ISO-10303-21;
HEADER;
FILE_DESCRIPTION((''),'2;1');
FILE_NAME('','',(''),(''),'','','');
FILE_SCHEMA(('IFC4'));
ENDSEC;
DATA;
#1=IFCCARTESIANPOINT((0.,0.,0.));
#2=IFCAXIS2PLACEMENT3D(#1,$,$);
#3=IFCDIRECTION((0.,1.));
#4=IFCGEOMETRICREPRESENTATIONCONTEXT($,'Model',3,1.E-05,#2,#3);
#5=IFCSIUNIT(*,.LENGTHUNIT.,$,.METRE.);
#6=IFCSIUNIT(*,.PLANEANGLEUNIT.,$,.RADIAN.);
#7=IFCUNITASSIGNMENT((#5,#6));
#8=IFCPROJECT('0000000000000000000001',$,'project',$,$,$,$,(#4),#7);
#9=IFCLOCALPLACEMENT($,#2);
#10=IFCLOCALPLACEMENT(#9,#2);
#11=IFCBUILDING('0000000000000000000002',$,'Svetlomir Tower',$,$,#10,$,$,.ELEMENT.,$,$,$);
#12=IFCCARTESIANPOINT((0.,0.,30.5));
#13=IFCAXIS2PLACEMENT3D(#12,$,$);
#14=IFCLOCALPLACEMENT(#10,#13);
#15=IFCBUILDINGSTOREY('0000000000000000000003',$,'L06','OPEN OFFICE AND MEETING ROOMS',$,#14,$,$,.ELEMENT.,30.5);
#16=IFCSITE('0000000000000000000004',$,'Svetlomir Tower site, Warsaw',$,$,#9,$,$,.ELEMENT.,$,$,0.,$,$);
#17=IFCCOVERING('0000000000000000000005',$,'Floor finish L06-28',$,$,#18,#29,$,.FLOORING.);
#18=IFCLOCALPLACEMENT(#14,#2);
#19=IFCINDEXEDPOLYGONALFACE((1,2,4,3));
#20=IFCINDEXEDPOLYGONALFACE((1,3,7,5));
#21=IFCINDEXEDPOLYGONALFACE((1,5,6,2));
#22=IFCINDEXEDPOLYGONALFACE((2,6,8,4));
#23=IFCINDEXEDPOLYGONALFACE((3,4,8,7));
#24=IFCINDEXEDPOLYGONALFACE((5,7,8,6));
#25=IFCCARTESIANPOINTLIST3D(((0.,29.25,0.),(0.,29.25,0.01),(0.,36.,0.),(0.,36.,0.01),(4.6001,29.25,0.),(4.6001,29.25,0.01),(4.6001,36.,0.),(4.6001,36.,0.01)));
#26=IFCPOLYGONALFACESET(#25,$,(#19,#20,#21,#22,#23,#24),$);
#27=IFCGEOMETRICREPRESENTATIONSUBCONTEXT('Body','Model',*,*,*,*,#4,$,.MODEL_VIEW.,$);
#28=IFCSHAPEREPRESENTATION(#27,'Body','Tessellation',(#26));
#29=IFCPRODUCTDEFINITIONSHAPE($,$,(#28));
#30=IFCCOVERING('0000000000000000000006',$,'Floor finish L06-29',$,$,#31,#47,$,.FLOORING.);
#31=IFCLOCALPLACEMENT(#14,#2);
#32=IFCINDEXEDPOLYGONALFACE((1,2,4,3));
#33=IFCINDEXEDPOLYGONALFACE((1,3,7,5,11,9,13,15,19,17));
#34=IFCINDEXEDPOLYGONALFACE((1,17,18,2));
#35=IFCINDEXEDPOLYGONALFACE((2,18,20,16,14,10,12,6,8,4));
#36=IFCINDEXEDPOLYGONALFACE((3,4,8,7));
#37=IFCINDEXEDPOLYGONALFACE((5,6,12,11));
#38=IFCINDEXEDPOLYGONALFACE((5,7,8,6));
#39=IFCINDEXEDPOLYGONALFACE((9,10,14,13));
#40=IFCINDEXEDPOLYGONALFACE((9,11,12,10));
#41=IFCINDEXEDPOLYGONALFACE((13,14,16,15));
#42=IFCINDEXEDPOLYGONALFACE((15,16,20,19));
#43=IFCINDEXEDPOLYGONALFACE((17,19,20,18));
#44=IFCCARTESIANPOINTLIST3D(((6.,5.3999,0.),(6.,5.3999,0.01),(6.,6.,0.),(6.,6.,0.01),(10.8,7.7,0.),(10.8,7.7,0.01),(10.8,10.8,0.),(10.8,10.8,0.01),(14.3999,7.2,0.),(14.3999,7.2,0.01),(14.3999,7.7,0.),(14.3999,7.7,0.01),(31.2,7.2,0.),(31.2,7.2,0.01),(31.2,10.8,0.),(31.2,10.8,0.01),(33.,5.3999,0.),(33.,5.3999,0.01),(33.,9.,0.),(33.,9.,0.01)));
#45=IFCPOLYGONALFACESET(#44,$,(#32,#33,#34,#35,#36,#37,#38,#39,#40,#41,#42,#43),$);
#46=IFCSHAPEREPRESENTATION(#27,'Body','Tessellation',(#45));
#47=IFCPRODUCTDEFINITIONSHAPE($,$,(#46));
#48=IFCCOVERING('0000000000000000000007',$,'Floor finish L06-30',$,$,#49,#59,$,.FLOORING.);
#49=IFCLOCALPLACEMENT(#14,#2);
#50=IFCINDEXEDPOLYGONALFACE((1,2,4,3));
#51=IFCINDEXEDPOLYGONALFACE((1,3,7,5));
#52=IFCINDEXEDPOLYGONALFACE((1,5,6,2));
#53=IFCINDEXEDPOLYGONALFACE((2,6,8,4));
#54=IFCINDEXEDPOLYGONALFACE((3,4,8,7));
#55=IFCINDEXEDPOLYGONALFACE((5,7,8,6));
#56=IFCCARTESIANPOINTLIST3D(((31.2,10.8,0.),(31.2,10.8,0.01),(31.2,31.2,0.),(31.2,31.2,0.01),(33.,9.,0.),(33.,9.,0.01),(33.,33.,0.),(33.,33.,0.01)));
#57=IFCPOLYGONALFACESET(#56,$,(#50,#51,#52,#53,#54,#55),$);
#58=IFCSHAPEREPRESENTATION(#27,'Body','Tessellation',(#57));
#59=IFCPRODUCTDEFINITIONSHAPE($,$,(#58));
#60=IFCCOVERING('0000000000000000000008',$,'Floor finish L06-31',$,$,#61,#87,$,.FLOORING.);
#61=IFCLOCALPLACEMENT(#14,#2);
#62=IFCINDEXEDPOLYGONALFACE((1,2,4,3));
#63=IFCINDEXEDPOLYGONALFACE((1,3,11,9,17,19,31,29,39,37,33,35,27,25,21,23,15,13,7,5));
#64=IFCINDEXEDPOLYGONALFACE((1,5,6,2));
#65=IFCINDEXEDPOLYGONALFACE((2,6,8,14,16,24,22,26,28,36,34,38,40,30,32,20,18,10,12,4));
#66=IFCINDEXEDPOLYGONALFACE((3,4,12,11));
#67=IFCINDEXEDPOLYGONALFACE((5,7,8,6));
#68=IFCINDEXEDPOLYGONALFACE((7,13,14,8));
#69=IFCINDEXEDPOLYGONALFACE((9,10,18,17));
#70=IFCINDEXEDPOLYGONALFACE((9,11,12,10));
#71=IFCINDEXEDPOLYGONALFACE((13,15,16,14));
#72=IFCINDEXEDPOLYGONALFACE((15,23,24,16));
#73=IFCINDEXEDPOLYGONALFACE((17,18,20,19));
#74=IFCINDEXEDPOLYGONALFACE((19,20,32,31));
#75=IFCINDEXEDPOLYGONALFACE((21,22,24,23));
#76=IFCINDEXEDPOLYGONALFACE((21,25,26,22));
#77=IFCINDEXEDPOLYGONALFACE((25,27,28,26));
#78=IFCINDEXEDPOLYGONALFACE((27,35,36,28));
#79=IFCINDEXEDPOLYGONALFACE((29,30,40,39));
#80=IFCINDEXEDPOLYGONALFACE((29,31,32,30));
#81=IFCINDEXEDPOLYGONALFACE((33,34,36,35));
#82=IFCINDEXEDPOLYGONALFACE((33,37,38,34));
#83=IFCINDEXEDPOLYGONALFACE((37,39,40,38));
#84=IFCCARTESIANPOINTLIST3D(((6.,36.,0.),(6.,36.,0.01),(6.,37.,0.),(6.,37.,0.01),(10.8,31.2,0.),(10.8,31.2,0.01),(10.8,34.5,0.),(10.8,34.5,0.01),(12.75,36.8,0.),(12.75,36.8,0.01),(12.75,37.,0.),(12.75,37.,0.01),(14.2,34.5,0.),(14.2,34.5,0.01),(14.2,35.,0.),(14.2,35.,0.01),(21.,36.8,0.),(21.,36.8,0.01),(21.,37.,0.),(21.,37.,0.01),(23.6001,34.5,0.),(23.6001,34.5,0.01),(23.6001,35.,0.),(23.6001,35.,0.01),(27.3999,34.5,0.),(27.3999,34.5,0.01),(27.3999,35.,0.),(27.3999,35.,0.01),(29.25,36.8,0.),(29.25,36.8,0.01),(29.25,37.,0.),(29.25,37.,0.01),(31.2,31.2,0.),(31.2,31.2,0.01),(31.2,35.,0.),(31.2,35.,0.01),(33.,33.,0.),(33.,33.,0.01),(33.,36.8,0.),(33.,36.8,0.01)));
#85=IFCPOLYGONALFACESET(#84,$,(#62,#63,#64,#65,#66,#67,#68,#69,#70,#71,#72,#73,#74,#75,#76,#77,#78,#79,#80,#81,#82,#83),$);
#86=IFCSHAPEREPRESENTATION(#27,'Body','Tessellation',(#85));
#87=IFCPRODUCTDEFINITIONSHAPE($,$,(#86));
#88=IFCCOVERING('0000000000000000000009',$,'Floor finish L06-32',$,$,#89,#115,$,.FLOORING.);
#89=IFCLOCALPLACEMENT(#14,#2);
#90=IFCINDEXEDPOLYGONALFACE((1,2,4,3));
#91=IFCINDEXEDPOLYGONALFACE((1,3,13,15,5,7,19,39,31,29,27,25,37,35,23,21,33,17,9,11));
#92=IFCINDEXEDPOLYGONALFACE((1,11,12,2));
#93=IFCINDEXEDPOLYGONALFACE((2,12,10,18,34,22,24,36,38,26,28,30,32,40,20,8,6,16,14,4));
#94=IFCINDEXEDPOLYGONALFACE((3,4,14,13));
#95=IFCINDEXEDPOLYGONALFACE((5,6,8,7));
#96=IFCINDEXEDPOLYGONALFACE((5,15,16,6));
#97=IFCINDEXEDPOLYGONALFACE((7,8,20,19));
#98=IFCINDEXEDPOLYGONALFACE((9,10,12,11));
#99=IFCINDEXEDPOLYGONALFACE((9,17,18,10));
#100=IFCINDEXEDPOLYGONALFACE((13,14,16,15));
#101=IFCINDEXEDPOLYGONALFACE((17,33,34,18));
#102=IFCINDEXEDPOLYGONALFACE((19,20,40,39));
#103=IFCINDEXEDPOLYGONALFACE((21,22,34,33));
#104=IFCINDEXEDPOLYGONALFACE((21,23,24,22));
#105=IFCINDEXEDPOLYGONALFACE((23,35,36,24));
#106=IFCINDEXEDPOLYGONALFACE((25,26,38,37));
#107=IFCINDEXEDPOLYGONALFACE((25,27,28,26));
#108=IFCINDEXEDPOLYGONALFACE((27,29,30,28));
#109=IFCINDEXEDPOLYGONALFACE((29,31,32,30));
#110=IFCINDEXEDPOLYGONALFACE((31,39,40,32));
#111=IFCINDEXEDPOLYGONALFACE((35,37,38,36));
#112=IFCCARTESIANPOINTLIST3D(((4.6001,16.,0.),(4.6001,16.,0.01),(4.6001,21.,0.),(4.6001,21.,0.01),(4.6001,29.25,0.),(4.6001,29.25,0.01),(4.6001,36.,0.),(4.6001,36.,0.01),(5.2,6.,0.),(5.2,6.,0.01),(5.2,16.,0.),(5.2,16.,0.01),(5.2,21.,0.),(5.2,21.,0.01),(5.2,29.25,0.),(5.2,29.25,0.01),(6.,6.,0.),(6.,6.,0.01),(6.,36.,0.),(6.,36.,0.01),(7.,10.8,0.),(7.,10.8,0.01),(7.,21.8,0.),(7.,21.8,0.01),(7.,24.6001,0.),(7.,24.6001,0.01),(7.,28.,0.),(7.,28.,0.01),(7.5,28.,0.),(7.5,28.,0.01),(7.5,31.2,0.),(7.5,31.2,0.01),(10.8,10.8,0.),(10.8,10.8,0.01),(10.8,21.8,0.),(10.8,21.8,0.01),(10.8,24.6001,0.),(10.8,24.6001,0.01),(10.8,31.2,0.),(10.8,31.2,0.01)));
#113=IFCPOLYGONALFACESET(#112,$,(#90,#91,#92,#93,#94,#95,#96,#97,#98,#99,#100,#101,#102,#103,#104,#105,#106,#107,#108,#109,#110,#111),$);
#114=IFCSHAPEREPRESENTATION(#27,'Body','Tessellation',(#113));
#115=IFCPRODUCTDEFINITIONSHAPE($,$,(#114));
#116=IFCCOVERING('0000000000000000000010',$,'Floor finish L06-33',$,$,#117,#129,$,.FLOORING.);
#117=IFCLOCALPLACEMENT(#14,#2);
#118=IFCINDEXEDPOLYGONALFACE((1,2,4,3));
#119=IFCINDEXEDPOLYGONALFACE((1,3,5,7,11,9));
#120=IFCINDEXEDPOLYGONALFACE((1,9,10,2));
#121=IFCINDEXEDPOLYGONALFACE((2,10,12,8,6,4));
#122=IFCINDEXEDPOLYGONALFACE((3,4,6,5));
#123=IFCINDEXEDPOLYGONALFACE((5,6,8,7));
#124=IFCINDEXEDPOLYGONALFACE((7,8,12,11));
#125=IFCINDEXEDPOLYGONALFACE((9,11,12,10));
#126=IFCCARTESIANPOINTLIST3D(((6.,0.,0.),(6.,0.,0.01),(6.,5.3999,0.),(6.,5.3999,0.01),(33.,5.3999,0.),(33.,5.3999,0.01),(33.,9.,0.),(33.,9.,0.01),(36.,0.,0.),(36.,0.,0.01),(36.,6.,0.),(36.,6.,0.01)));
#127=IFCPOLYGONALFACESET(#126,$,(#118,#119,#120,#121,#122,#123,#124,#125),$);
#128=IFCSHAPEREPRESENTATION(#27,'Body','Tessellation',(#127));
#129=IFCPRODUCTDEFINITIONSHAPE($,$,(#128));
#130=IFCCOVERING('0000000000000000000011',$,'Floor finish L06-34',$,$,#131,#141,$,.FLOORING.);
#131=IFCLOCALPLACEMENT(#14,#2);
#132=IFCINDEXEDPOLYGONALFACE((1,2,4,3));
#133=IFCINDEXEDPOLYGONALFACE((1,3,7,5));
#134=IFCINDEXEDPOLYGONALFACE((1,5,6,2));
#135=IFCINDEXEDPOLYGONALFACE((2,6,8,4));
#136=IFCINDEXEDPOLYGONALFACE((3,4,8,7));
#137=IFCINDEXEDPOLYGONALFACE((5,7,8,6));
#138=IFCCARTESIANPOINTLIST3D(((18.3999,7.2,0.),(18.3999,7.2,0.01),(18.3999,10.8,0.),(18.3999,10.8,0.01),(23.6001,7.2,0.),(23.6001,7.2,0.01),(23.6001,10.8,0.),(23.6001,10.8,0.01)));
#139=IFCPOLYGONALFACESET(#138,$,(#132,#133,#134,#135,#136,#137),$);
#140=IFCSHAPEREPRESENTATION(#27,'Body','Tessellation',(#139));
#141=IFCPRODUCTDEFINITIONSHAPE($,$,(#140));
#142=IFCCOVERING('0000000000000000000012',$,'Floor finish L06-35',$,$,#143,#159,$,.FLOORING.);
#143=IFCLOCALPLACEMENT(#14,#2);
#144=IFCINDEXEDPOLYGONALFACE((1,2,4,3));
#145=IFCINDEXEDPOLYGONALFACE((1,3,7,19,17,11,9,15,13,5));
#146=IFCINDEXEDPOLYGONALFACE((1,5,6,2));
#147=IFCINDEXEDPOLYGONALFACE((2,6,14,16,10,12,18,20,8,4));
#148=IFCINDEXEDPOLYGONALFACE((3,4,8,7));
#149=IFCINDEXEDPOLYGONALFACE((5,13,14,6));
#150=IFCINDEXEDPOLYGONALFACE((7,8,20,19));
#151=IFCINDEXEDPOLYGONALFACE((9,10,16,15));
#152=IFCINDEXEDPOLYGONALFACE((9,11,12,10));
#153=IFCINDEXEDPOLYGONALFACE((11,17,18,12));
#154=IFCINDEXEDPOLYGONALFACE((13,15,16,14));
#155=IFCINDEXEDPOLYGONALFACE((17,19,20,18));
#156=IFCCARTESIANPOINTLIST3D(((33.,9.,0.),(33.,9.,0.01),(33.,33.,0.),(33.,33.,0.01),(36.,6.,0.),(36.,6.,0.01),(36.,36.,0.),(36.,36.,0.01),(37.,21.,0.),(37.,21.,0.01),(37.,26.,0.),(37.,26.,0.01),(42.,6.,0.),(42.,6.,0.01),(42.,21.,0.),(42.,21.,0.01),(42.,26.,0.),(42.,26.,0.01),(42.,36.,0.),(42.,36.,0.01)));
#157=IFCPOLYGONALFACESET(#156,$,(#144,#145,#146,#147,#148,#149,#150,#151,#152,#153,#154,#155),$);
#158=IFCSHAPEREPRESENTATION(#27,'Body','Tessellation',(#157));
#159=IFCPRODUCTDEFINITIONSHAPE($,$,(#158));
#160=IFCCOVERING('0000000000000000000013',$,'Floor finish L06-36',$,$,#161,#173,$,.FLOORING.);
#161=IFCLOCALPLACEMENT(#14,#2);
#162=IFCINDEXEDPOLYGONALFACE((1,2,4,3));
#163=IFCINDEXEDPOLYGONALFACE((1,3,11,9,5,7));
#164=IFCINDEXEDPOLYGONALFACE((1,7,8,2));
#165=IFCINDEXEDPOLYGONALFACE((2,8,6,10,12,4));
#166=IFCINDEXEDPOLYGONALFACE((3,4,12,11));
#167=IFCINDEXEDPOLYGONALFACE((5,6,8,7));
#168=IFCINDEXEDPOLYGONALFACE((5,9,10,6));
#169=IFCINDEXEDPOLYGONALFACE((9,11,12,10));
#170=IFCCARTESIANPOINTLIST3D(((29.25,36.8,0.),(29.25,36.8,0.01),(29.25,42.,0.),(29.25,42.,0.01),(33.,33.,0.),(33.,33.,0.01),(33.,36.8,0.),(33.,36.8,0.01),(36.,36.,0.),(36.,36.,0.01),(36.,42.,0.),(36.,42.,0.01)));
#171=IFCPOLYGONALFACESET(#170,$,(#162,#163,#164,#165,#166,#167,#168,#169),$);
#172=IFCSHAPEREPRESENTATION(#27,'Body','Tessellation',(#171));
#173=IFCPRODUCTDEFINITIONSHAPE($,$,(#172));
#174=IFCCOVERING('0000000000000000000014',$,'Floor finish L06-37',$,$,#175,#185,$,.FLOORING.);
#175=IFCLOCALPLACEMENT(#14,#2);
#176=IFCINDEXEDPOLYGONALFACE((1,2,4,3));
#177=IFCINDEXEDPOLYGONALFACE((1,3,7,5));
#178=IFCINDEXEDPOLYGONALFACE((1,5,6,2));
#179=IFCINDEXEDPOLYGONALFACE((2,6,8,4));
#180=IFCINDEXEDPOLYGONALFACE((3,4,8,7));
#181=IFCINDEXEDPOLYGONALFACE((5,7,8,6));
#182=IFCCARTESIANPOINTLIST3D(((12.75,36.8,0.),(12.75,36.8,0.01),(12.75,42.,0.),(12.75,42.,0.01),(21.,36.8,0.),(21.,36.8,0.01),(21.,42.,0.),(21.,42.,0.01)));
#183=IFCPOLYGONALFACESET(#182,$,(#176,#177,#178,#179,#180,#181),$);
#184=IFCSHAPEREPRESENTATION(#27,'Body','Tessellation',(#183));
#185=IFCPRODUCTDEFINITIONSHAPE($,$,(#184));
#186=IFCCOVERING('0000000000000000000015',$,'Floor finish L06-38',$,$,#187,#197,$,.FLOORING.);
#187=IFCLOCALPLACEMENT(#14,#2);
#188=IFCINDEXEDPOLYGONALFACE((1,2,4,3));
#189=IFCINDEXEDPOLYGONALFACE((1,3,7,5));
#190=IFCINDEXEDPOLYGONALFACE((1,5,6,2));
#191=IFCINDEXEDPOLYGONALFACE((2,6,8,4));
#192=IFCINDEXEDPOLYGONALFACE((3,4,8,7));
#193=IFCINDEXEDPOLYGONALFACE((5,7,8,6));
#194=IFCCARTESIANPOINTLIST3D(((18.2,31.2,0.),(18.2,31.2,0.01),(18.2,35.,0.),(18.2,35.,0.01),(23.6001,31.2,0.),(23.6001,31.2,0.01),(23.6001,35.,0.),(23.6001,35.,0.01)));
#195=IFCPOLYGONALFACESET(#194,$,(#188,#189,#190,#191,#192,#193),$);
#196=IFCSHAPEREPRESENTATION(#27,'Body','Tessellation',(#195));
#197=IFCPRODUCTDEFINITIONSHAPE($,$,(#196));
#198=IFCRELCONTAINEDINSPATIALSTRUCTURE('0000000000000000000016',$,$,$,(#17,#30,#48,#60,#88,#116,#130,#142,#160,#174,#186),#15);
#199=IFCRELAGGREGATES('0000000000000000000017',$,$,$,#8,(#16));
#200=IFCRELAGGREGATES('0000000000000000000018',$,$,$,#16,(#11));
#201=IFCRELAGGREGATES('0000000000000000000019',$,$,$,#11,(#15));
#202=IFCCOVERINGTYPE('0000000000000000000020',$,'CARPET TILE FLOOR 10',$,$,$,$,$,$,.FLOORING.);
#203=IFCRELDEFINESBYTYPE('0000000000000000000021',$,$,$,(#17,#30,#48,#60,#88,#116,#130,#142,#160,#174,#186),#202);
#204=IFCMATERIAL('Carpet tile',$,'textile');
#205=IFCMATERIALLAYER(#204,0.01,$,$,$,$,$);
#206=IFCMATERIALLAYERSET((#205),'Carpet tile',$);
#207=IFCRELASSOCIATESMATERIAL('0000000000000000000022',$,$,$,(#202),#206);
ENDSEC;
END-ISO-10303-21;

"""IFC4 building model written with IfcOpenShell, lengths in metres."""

from ifc_helpers import new_model, si_unit, direction, frame, origin, place, context, subcontext, project, spatial, polyline, outline, extrude, material, layer, layer_set, type_object, element, save


model = new_model("IFC4")

# Units and contexts
model_context = context("Model", 3, precision=1e-05, world=origin(), true_north=direction((0.0, 1.0)))
body_context = subcontext(model_context, "Body", "Model", "MODEL_VIEW")
ifc_project = project(units=[si_unit("LENGTHUNIT", "METRE"), si_unit("PLANEANGLEUNIT", "RADIAN")], contexts=[model_context])

# Site, building, storey
site_placement = place(None, origin())
site = spatial("IfcSite", under=ifc_project, at=site_placement, Name="Svetlomir Tower site, Warsaw", CompositionType="ELEMENT", RefElevation=0.0)
building_placement = place(site_placement, origin())
building = spatial("IfcBuilding", under=site, at=building_placement, Name="Svetlomir Tower", CompositionType="ELEMENT")
storey_placement = place(building_placement, frame((0.0, 0.0, 30.5)))
storey = spatial("IfcBuildingStorey", under=building, at=storey_placement, Name="L06", Description="OPEN OFFICE AND MEETING ROOMS", CompositionType="ELEMENT", Elevation=30.5)

# Coverings
ifc_material_1 = material(Name="Carpet tile", Category="textile")
ifc_layer_1 = layer(ifc_material_1, 0.01)
ifc_layer_set_1 = layer_set([ifc_layer_1], Name="Carpet tile")
covering_type_1 = type_object("IfcCoveringType", Name="CARPET TILE FLOOR 10", PredefinedType="FLOORING", material=ifc_layer_set_1)
covering_1_placement = place(storey_placement, origin())
element("IfcCovering", 1, at=covering_1_placement, inside=storey, type_object=covering_type_1, Name="Floor finish L06-28", PredefinedType="FLOORING", context=body_context, shape_type="SweptSolid", body=[
    extrude(outline(polyline([(0.0, 29.25), (4.6001, 29.25), (4.6001, 36.0), (0.0, 36.0), (0.0, 29.25)])), origin(), (0.0, 0.0, 1.0), 0.01),
])
covering_2_placement = place(storey_placement, origin())
element("IfcCovering", 2, at=covering_2_placement, inside=storey, type_object=covering_type_1, Name="Floor finish L06-29", PredefinedType="FLOORING", context=body_context, shape_type="SweptSolid", body=[
    extrude(outline(polyline([(33.0, 5.3999), (6.0, 5.3999), (6.0, 6.0), (10.8, 10.8), (10.8, 7.7), (14.3999, 7.7), (14.3999, 7.2), (31.2, 7.2), (31.2, 10.8), (33.0, 9.0), (33.0, 5.3999)])), origin(), (0.0, 0.0, 1.0), 0.01),
])
covering_3_placement = place(storey_placement, origin())
element("IfcCovering", 3, at=covering_3_placement, inside=storey, type_object=covering_type_1, Name="Floor finish L06-30", PredefinedType="FLOORING", context=body_context, shape_type="SweptSolid", body=[
    extrude(outline(polyline([(33.0, 9.0), (31.2, 10.8), (31.2, 31.2), (33.0, 33.0), (33.0, 9.0)])), origin(), (0.0, 0.0, 1.0), 0.01),
])
covering_4_placement = place(storey_placement, origin())
element("IfcCovering", 4, at=covering_4_placement, inside=storey, type_object=covering_type_1, Name="Floor finish L06-31", PredefinedType="FLOORING", context=body_context, shape_type="SweptSolid", body=[
    extrude(outline(polyline([(6.0, 37.0), (12.75, 37.0), (12.75, 36.8), (21.0, 36.8), (21.0, 37.0), (29.25, 37.0), (29.25, 36.8), (33.0, 36.8), (33.0, 33.0), (31.2, 31.2), (31.2, 35.0), (27.3999, 35.0), (27.3999, 34.5), (23.6001, 34.5), (23.6001, 35.0), (14.2, 35.0), (14.2, 34.5), (10.8, 34.5), (10.8, 31.2), (6.0, 36.0), (6.0, 37.0)])), origin(), (0.0, 0.0, 1.0), 0.01),
])
covering_5_placement = place(storey_placement, origin())
element("IfcCovering", 5, at=covering_5_placement, inside=storey, type_object=covering_type_1, Name="Floor finish L06-32", PredefinedType="FLOORING", context=body_context, shape_type="SweptSolid", body=[
    extrude(outline(polyline([(5.2, 21.0), (5.2, 29.25), (4.6001, 29.25), (4.6001, 36.0), (6.0, 36.0), (10.8, 31.2), (7.5, 31.2), (7.5, 28.0), (7.0, 28.0), (7.0, 24.6001), (10.8, 24.6001), (10.8, 21.8), (7.0, 21.8), (7.0, 10.8), (10.8, 10.8), (6.0, 6.0), (5.2, 6.0), (5.2, 16.0), (4.6001, 16.0), (4.6001, 21.0), (5.2, 21.0)])), origin(), (0.0, 0.0, 1.0), 0.01),
])
covering_6_placement = place(storey_placement, origin())
element("IfcCovering", 6, at=covering_6_placement, inside=storey, type_object=covering_type_1, Name="Floor finish L06-33", PredefinedType="FLOORING", context=body_context, shape_type="SweptSolid", body=[
    extrude(outline(polyline([(36.0, 0.0), (6.0, 0.0), (6.0, 5.3999), (33.0, 5.3999), (33.0, 9.0), (36.0, 6.0), (36.0, 0.0)])), origin(), (0.0, 0.0, 1.0), 0.01),
])
covering_7_placement = place(storey_placement, origin())
element("IfcCovering", 7, at=covering_7_placement, inside=storey, type_object=covering_type_1, Name="Floor finish L06-34", PredefinedType="FLOORING", context=body_context, shape_type="SweptSolid", body=[
    extrude(outline(polyline([(23.6001, 10.8), (23.6001, 7.2), (18.3999, 7.2), (18.3999, 10.8), (23.6001, 10.8)])), origin(), (0.0, 0.0, 1.0), 0.01),
])
covering_8_placement = place(storey_placement, origin())
element("IfcCovering", 8, at=covering_8_placement, inside=storey, type_object=covering_type_1, Name="Floor finish L06-35", PredefinedType="FLOORING", context=body_context, shape_type="SweptSolid", body=[
    extrude(outline(polyline([(33.0, 33.0), (36.0, 36.0), (42.0, 36.0), (42.0, 26.0), (37.0, 26.0), (37.0, 21.0), (42.0, 21.0), (42.0, 6.0), (36.0, 6.0), (33.0, 9.0), (33.0, 33.0)])), origin(), (0.0, 0.0, 1.0), 0.01),
])
covering_9_placement = place(storey_placement, origin())
element("IfcCovering", 9, at=covering_9_placement, inside=storey, type_object=covering_type_1, Name="Floor finish L06-36", PredefinedType="FLOORING", context=body_context, shape_type="SweptSolid", body=[
    extrude(outline(polyline([(33.0, 36.8), (29.25, 36.8), (29.25, 42.0), (36.0, 42.0), (36.0, 36.0), (33.0, 33.0), (33.0, 36.8)])), origin(), (0.0, 0.0, 1.0), 0.01),
])
covering_10_placement = place(storey_placement, origin())
element("IfcCovering", 10, at=covering_10_placement, inside=storey, type_object=covering_type_1, Name="Floor finish L06-37", PredefinedType="FLOORING", context=body_context, shape_type="SweptSolid", body=[
    extrude(outline(polyline([(21.0, 42.0), (21.0, 36.8), (12.75, 36.8), (12.75, 42.0), (21.0, 42.0)])), origin(), (0.0, 0.0, 1.0), 0.01),
])
covering_11_placement = place(storey_placement, origin())
element("IfcCovering", 11, at=covering_11_placement, inside=storey, type_object=covering_type_1, Name="Floor finish L06-38", PredefinedType="FLOORING", context=body_context, shape_type="SweptSolid", body=[
    extrude(outline(polyline([(18.2, 31.2), (18.2, 35.0), (23.6001, 35.0), (23.6001, 31.2), (18.2, 31.2)])), origin(), (0.0, 0.0, 1.0), 0.01),
])

save(model, "model.ifc")
